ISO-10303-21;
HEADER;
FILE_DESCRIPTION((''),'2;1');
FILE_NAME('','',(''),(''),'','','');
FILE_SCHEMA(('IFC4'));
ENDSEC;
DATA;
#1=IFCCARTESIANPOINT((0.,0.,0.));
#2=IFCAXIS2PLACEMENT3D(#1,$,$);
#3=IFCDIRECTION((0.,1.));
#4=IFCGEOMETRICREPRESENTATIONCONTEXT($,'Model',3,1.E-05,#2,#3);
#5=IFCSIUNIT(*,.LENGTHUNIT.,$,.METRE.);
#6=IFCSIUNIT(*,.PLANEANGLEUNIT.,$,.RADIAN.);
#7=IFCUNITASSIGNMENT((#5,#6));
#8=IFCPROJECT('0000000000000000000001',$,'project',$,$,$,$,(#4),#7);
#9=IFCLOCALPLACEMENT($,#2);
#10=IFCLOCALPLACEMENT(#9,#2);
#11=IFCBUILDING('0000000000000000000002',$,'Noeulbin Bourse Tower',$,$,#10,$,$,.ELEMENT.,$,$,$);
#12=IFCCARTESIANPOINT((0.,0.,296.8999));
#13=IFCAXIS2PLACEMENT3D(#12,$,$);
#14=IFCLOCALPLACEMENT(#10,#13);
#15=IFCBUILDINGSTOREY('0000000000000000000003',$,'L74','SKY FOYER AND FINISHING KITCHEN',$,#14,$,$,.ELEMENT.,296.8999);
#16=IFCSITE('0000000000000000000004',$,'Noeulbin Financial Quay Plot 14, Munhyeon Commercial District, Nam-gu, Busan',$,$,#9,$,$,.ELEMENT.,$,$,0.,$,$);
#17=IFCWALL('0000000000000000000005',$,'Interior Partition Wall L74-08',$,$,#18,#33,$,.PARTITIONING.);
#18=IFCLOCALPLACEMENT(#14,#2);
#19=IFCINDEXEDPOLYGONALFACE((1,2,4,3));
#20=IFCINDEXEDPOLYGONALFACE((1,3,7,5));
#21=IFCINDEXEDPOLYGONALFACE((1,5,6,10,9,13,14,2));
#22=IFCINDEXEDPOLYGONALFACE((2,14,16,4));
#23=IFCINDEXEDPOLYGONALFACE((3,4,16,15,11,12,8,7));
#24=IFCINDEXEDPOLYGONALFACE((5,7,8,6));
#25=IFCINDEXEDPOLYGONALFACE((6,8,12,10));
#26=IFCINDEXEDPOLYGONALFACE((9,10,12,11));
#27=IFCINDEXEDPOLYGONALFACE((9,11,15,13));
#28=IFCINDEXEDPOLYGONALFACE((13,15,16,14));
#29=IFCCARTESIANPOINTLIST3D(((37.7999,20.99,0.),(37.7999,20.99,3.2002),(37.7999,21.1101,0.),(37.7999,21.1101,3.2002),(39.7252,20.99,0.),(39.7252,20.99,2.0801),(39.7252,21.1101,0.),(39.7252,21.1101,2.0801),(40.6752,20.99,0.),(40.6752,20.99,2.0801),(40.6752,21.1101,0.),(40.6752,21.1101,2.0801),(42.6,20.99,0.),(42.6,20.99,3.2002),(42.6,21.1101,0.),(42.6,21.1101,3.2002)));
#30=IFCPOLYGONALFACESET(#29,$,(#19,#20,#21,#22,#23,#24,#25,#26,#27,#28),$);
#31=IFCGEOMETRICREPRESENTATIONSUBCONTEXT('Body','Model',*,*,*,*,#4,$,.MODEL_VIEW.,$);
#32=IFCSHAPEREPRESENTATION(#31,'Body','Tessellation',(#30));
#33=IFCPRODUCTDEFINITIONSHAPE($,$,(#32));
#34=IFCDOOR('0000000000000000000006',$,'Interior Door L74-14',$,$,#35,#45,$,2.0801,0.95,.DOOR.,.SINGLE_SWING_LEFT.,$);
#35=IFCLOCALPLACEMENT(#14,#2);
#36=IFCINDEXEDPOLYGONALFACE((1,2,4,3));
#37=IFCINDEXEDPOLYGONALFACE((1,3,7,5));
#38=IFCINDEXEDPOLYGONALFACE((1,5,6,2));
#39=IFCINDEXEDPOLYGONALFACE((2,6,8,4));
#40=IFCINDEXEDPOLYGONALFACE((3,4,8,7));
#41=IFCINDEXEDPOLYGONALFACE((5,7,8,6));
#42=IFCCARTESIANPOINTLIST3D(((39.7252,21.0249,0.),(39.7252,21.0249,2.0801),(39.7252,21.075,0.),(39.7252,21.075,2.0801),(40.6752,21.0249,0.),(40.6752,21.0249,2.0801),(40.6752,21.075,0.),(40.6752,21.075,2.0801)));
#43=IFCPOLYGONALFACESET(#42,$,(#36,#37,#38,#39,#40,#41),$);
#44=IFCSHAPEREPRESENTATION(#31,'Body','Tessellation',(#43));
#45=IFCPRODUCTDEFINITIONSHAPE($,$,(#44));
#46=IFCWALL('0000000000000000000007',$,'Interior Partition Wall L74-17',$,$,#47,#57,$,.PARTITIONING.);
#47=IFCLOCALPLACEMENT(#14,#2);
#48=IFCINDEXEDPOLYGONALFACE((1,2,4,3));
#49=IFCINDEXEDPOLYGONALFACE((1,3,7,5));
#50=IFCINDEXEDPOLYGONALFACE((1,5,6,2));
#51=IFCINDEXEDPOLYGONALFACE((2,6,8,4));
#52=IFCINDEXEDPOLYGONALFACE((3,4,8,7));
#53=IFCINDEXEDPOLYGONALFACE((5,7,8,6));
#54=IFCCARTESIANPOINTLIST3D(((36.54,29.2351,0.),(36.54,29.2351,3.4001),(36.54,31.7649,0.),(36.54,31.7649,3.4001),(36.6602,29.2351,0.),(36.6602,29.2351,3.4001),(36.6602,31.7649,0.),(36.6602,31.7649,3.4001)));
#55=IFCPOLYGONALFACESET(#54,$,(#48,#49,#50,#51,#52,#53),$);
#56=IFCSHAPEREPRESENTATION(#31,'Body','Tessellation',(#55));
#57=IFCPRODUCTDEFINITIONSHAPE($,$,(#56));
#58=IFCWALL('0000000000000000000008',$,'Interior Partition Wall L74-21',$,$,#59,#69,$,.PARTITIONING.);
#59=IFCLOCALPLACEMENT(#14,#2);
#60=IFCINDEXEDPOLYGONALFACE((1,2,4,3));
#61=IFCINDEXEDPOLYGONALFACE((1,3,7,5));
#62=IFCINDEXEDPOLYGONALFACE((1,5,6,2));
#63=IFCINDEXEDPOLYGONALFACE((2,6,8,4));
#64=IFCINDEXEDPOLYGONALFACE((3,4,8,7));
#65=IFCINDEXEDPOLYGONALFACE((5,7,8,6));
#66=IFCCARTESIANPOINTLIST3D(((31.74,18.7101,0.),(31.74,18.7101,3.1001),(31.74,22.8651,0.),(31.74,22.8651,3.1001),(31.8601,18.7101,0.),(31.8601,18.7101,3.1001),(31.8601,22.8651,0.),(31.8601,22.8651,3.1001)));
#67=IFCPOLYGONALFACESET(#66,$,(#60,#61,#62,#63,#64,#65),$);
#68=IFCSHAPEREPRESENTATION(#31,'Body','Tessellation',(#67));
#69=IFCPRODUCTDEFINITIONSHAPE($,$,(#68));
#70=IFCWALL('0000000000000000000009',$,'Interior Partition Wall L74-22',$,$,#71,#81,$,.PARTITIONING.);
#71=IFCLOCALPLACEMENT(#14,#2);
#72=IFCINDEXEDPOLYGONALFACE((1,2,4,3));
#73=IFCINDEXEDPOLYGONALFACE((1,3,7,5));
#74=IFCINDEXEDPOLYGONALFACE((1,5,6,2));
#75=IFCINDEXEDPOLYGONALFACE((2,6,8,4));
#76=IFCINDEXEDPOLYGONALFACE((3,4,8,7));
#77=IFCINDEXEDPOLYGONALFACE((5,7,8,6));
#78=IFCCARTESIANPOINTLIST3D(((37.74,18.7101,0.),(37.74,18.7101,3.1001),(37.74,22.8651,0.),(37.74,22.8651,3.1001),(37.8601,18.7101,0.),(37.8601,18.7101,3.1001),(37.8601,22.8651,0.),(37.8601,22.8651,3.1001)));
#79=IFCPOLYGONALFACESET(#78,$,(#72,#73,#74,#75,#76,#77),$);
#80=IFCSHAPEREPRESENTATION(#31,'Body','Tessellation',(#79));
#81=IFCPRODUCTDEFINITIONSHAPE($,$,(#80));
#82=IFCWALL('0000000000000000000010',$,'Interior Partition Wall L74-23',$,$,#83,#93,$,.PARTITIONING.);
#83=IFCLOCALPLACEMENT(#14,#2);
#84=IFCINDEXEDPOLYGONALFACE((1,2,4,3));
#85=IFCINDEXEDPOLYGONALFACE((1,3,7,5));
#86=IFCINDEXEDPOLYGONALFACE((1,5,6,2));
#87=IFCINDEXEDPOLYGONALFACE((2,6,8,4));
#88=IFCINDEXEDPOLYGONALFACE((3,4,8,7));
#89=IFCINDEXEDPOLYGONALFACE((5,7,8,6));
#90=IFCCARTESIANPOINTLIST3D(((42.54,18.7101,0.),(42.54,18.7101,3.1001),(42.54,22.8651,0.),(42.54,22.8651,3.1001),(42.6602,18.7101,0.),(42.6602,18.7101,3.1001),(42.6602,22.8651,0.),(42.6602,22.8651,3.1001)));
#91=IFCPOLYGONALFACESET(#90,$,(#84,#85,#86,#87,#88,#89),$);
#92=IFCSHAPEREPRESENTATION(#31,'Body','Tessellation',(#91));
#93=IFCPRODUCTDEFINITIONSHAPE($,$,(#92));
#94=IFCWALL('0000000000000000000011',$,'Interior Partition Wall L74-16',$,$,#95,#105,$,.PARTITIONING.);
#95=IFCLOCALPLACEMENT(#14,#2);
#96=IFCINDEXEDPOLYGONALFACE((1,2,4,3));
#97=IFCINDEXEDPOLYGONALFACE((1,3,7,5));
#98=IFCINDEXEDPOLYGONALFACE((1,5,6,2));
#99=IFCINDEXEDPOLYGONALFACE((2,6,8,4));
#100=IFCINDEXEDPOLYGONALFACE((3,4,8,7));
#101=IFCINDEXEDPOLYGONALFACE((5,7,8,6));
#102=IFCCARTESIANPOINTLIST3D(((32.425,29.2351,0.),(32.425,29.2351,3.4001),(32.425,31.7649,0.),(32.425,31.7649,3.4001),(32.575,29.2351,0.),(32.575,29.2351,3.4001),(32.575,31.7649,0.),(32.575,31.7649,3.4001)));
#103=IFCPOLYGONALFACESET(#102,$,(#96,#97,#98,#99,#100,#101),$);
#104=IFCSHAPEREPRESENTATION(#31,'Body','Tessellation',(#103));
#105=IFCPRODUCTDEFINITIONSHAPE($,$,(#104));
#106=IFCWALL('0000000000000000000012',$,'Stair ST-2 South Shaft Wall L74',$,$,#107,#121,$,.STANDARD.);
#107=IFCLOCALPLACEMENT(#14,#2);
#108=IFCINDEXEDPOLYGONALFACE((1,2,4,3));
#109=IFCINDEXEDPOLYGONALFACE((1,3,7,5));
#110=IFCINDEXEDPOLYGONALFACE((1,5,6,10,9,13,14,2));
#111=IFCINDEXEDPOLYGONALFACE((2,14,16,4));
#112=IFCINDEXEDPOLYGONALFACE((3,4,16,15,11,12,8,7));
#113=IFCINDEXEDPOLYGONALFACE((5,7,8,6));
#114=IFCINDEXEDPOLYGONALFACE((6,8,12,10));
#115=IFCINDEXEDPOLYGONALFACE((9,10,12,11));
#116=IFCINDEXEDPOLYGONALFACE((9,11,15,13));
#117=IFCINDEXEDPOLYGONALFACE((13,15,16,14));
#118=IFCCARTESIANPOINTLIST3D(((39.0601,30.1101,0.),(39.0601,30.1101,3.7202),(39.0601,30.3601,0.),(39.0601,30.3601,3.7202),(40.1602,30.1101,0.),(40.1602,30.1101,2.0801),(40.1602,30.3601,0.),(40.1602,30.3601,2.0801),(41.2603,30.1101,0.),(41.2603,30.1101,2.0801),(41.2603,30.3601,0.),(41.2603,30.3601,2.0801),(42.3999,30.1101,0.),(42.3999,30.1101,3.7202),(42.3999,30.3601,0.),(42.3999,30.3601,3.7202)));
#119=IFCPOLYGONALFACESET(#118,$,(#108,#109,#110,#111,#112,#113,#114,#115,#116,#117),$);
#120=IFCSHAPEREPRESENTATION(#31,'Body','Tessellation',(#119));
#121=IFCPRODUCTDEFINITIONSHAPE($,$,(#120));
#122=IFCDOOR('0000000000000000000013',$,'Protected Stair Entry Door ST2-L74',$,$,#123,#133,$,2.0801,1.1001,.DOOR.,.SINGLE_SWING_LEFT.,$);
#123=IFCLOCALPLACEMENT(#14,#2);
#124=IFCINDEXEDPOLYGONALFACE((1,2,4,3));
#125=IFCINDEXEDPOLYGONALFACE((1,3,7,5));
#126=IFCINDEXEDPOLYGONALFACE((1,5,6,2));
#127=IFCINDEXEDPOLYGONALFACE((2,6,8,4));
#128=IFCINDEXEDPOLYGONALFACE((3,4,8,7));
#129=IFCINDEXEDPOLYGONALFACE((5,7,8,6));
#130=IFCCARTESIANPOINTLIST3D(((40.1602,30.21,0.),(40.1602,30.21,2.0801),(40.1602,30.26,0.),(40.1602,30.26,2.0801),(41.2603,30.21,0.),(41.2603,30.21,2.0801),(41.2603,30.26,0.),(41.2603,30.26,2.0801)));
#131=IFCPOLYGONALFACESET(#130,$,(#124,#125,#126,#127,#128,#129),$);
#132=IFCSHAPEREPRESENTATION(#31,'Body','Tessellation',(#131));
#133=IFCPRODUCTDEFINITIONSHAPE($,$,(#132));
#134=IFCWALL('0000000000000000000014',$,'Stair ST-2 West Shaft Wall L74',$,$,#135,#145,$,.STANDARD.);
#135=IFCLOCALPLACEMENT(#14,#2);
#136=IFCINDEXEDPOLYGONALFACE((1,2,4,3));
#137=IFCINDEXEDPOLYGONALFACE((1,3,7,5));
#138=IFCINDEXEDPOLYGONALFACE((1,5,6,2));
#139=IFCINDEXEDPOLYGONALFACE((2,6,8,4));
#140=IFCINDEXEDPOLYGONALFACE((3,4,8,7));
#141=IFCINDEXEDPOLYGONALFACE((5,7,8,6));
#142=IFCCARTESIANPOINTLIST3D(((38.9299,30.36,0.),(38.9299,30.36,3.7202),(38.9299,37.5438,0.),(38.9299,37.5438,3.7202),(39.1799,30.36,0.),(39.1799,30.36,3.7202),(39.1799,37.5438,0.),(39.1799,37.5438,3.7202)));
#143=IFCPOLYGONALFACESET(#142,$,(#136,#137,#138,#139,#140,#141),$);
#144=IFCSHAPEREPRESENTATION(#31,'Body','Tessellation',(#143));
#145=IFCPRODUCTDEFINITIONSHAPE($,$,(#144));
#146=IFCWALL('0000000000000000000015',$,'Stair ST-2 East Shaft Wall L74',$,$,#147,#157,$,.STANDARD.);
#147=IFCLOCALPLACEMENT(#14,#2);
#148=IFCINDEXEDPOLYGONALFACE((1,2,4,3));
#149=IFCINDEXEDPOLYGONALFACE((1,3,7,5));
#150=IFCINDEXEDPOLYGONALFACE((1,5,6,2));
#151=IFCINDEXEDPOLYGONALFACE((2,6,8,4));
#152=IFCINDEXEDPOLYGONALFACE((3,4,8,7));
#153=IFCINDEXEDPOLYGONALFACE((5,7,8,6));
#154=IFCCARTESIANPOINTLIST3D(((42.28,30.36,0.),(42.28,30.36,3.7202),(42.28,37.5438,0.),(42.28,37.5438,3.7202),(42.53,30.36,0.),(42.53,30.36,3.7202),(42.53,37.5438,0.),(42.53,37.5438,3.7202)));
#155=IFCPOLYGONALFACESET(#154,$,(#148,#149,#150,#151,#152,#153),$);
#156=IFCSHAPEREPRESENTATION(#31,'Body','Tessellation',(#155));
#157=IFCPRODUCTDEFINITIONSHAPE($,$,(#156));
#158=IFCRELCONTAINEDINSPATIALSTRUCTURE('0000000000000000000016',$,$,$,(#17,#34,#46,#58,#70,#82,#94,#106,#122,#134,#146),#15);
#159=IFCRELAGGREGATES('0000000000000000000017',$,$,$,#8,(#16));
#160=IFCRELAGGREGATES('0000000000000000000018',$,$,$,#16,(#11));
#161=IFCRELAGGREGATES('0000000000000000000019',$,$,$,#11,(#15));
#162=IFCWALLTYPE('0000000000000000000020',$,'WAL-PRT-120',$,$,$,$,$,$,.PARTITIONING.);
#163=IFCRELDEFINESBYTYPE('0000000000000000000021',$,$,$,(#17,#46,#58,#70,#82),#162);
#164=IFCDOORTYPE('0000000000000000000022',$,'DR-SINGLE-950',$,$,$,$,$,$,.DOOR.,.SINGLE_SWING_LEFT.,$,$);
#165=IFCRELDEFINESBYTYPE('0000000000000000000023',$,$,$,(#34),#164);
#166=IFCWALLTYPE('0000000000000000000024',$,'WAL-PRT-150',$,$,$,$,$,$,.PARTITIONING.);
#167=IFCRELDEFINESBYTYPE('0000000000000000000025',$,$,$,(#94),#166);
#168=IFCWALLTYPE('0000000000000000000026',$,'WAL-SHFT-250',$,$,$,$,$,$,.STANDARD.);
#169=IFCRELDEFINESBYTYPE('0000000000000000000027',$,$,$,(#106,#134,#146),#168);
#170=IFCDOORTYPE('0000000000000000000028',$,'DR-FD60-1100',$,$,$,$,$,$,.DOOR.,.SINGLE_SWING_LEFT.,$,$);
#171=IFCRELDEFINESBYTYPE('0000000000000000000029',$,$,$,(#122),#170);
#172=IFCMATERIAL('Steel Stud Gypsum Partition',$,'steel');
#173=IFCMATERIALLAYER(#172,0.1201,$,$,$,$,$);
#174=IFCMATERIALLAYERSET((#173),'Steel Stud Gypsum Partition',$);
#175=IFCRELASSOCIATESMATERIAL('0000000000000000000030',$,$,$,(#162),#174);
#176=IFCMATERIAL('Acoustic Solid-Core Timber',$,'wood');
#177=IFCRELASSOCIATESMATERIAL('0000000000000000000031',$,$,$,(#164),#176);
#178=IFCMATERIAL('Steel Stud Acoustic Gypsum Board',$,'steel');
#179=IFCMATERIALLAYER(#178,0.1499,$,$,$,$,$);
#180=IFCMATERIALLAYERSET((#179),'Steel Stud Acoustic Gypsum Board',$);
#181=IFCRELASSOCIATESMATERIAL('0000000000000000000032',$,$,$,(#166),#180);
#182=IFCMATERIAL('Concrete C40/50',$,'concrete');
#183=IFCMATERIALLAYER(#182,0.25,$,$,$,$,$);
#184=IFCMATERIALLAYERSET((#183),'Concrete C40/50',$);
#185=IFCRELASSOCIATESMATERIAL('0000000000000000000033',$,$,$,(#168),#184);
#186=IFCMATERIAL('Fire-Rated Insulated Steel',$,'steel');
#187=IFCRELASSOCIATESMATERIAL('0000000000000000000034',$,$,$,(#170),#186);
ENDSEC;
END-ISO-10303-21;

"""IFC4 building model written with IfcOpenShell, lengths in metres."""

from ifc_helpers import new_model, si_unit, direction, frame, frame_2d, origin, place, context, subcontext, project, spatial, rectangle, extrude, material, layer, layer_set, type_object, element, fill, save


model = new_model("IFC4")

# Units and contexts
model_context = context("Model", 3, precision=1e-05, world=origin(), true_north=direction((0.0, 1.0)))
body_context = subcontext(model_context, "Body", "Model", "MODEL_VIEW")
ifc_project = project(units=[si_unit("LENGTHUNIT", "METRE"), si_unit("PLANEANGLEUNIT", "RADIAN")], contexts=[model_context])

# Site, building, storey
site_placement = place(None, origin())
site = spatial("IfcSite", under=ifc_project, at=site_placement, Name="Noeulbin Financial Quay Plot 14, Munhyeon Commercial District, Nam-gu, Busan", CompositionType="ELEMENT", RefElevation=0.0)
building_placement = place(site_placement, origin())
building = spatial("IfcBuilding", under=site, at=building_placement, Name="Noeulbin Bourse Tower", CompositionType="ELEMENT")
storey_placement = place(building_placement, frame((0.0, 0.0, 296.8999)))
storey = spatial("IfcBuildingStorey", under=building, at=storey_placement, Name="L74", Description="SKY FOYER AND FINISHING KITCHEN", CompositionType="ELEMENT", Elevation=296.8999)

# Shared definitions
ifc_material_1 = material(Name="Concrete C40/50", Category="concrete")

# Wall, opening, door
ifc_material_2 = material(Name="Steel Stud Gypsum Partition", Category="steel")
ifc_layer_1 = layer(ifc_material_2, 0.1201)
ifc_layer_set_1 = layer_set([ifc_layer_1], Name="Steel Stud Gypsum Partition")
wall_type_1 = type_object("IfcWallType", Name="WAL-PRT-120", PredefinedType="PARTITIONING", material=ifc_layer_set_1)
ifc_material_3 = material(Name="Acoustic Solid-Core Timber", Category="wood")
door_type_1 = type_object("IfcDoorType", Name="DR-SINGLE-950", OperationType="SINGLE_SWING_LEFT", PredefinedType="DOOR", material=ifc_material_3)
wall_1_placement = place(storey_placement, frame((37.8, 21.05, 0.0), z_axis=(0.0, 0.0, 1.0), x_axis=(1.0, 0.0, 0.0)))
wall_1 = element("IfcWall", 1, at=wall_1_placement, inside=storey, type_object=wall_type_1, Name="Interior Partition Wall L74-08", PredefinedType="PARTITIONING", context=body_context, shape_type="SweptSolid", body=[
    extrude(rectangle(XDim=4.8, YDim=0.1201, at=frame_2d((2.3999, 0.0))), origin(), (0.0, 0.0, 1.0), 3.2002),
])
opening_1_placement = place(wall_1_placement, frame((1.925, 0.0, 0.0)))
opening_1 = element("IfcOpeningElement", 2, at=opening_1_placement, cuts=wall_1, PredefinedType="OPENING", context=body_context, shape_type="SweptSolid", body=[
    extrude(rectangle(XDim=0.95, YDim=2.0801, at=frame_2d((0.4751, 1.04))), frame((0.0, 0.0701, 0.0), z_axis=(0.0, -1.0, 0.0), x_axis=(1.0, 0.0, 0.0)), (0.0, 0.0, 1.0), 0.1401),
])
door_1_placement = place(opening_1_placement, origin())
door_1 = element("IfcDoor", 3, at=door_1_placement, inside=storey, type_object=door_type_1, Name="Interior Door L74-14", OperationType="SINGLE_SWING_LEFT", OverallHeight=2.0801, OverallWidth=0.95, PredefinedType="DOOR", context=body_context, shape_type="SweptSolid", body=[
    extrude(rectangle(XDim=0.95, YDim=2.0801, at=frame_2d((0.4751, 1.04))), frame((0.0, 0.0249, 0.0), z_axis=(0.0, -1.0, 0.0), x_axis=(1.0, 0.0, 0.0)), (0.0, 0.0, 1.0), 0.05),
])
fill(opening_1, door_1)

# Walls
wall_2_placement = place(storey_placement, frame((36.6001, 29.2351, 0.0), z_axis=(0.0, 0.0, 1.0), x_axis=(0.0, 1.0, 0.0)))
element("IfcWall", 4, at=wall_2_placement, inside=storey, type_object=wall_type_1, Name="Interior Partition Wall L74-17", PredefinedType="PARTITIONING", context=body_context, shape_type="SweptSolid", body=[
    extrude(rectangle(XDim=2.5298, YDim=0.1201, at=frame_2d((1.2649, 0.0))), origin(), (0.0, 0.0, 1.0), 3.4001),
])
for number, where, z_axis, x_axis, name in (
    (5, (31.8, 18.71, 0.0), (0.0, 0.0, 1.0), (0.0, 1.0, 0.0), "Interior Partition Wall L74-21"),
    (6, (37.8, 18.71, 0.0), (0.0, 0.0, 1.0), (0.0, 1.0, 0.0), "Interior Partition Wall L74-22"),
    (7, (42.6001, 18.71, 0.0), (0.0, 0.0, 1.0), (0.0, 1.0, 0.0), "Interior Partition Wall L74-23"),
):
    element("IfcWall", number, at=place(storey_placement, frame(where, z_axis=z_axis, x_axis=x_axis)), inside=storey, type_object=wall_type_1, Name=name, PredefinedType="PARTITIONING", context=body_context, shape_type="SweptSolid", body=[
        extrude(rectangle(XDim=4.155, YDim=0.1201, at=frame_2d((2.0776, 0.0))), origin(), (0.0, 0.0, 1.0), 3.1001),
    ])
ifc_material_4 = material(Name="Steel Stud Acoustic Gypsum Board", Category="steel")
ifc_layer_2 = layer(ifc_material_4, 0.1499)
ifc_layer_set_2 = layer_set([ifc_layer_2], Name="Steel Stud Acoustic Gypsum Board")
wall_type_2 = type_object("IfcWallType", Name="WAL-PRT-150", PredefinedType="PARTITIONING", material=ifc_layer_set_2)
wall_3_placement = place(storey_placement, frame((32.5, 29.2351, 0.0), z_axis=(0.0, 0.0, 1.0), x_axis=(0.0, 1.0, 0.0)))
element("IfcWall", 8, at=wall_3_placement, inside=storey, type_object=wall_type_2, Name="Interior Partition Wall L74-16", PredefinedType="PARTITIONING", context=body_context, shape_type="SweptSolid", body=[
    extrude(rectangle(XDim=2.5298, YDim=0.1499, at=frame_2d((1.2649, 0.0))), origin(), (0.0, 0.0, 1.0), 3.4001),
])

# Wall, opening, door
ifc_layer_3 = layer(ifc_material_1, 0.25)
ifc_layer_set_3 = layer_set([ifc_layer_3], Name="Concrete C40/50")
wall_type_3 = type_object("IfcWallType", Name="WAL-SHFT-250", PredefinedType="STANDARD", material=ifc_layer_set_3)
wall_4_placement = place(storey_placement, frame((39.0601, 30.2351, 0.0), z_axis=(0.0, 0.0, 1.0), x_axis=(1.0, 0.0, 0.0)))
wall_4 = element("IfcWall", 9, at=wall_4_placement, inside=storey, type_object=wall_type_3, Name="Stair ST-2 South Shaft Wall L74", PredefinedType="STANDARD", context=body_context, shape_type="SweptSolid", body=[
    extrude(rectangle(XDim=3.3398, YDim=0.25, at=frame_2d((1.6699, 0.0))), origin(), (0.0, 0.0, 1.0), 3.7202),
])
opening_2_placement = place(wall_4_placement, frame((1.1001, 0.0, 0.0)))
opening_2 = element("IfcOpeningElement", 10, at=opening_2_placement, cuts=wall_4, PredefinedType="OPENING", context=body_context, shape_type="SweptSolid", body=[
    extrude(rectangle(XDim=1.1001, YDim=2.0801, at=frame_2d((0.55, 1.04))), frame((0.0, 0.135, 0.0), z_axis=(0.0, -1.0, 0.0), x_axis=(1.0, 0.0, 0.0)), (0.0, 0.0, 1.0), 0.27),
])
ifc_material_5 = material(Name="Fire-Rated Insulated Steel", Category="steel")
door_type_2 = type_object("IfcDoorType", Name="DR-FD60-1100", OperationType="SINGLE_SWING_LEFT", PredefinedType="DOOR", material=ifc_material_5)
door_2_placement = place(opening_2_placement, origin())
door_2 = element("IfcDoor", 11, at=door_2_placement, inside=storey, type_object=door_type_2, Name="Protected Stair Entry Door ST2-L74", OperationType="SINGLE_SWING_LEFT", OverallHeight=2.0801, OverallWidth=1.1001, PredefinedType="DOOR", context=body_context, shape_type="SweptSolid", body=[
    extrude(rectangle(XDim=1.1001, YDim=2.0801, at=frame_2d((0.55, 1.04))), frame((0.0, 0.0249, 0.0), z_axis=(0.0, -1.0, 0.0), x_axis=(1.0, 0.0, 0.0)), (0.0, 0.0, 1.0), 0.05),
])
fill(opening_2, door_2)

# Walls
for number, where, z_axis, x_axis, name in (
    (12, (39.0549, 30.3601, 0.0), (0.0, 0.0, 1.0), (0.0, 1.0, 0.0), "Stair ST-2 West Shaft Wall L74"),
    (13, (42.405, 30.3601, 0.0), (0.0, 0.0, 1.0), (0.0, 1.0, 0.0), "Stair ST-2 East Shaft Wall L74"),
):
    element("IfcWall", number, at=place(storey_placement, frame(where, z_axis=z_axis, x_axis=x_axis)), inside=storey, type_object=wall_type_3, Name=name, PredefinedType="STANDARD", context=body_context, shape_type="SweptSolid", body=[
        extrude(rectangle(XDim=7.1838, YDim=0.25, at=frame_2d((3.5918, 0.0))), origin(), (0.0, 0.0, 1.0), 3.7202),
    ])

save(model, "model.ifc")
